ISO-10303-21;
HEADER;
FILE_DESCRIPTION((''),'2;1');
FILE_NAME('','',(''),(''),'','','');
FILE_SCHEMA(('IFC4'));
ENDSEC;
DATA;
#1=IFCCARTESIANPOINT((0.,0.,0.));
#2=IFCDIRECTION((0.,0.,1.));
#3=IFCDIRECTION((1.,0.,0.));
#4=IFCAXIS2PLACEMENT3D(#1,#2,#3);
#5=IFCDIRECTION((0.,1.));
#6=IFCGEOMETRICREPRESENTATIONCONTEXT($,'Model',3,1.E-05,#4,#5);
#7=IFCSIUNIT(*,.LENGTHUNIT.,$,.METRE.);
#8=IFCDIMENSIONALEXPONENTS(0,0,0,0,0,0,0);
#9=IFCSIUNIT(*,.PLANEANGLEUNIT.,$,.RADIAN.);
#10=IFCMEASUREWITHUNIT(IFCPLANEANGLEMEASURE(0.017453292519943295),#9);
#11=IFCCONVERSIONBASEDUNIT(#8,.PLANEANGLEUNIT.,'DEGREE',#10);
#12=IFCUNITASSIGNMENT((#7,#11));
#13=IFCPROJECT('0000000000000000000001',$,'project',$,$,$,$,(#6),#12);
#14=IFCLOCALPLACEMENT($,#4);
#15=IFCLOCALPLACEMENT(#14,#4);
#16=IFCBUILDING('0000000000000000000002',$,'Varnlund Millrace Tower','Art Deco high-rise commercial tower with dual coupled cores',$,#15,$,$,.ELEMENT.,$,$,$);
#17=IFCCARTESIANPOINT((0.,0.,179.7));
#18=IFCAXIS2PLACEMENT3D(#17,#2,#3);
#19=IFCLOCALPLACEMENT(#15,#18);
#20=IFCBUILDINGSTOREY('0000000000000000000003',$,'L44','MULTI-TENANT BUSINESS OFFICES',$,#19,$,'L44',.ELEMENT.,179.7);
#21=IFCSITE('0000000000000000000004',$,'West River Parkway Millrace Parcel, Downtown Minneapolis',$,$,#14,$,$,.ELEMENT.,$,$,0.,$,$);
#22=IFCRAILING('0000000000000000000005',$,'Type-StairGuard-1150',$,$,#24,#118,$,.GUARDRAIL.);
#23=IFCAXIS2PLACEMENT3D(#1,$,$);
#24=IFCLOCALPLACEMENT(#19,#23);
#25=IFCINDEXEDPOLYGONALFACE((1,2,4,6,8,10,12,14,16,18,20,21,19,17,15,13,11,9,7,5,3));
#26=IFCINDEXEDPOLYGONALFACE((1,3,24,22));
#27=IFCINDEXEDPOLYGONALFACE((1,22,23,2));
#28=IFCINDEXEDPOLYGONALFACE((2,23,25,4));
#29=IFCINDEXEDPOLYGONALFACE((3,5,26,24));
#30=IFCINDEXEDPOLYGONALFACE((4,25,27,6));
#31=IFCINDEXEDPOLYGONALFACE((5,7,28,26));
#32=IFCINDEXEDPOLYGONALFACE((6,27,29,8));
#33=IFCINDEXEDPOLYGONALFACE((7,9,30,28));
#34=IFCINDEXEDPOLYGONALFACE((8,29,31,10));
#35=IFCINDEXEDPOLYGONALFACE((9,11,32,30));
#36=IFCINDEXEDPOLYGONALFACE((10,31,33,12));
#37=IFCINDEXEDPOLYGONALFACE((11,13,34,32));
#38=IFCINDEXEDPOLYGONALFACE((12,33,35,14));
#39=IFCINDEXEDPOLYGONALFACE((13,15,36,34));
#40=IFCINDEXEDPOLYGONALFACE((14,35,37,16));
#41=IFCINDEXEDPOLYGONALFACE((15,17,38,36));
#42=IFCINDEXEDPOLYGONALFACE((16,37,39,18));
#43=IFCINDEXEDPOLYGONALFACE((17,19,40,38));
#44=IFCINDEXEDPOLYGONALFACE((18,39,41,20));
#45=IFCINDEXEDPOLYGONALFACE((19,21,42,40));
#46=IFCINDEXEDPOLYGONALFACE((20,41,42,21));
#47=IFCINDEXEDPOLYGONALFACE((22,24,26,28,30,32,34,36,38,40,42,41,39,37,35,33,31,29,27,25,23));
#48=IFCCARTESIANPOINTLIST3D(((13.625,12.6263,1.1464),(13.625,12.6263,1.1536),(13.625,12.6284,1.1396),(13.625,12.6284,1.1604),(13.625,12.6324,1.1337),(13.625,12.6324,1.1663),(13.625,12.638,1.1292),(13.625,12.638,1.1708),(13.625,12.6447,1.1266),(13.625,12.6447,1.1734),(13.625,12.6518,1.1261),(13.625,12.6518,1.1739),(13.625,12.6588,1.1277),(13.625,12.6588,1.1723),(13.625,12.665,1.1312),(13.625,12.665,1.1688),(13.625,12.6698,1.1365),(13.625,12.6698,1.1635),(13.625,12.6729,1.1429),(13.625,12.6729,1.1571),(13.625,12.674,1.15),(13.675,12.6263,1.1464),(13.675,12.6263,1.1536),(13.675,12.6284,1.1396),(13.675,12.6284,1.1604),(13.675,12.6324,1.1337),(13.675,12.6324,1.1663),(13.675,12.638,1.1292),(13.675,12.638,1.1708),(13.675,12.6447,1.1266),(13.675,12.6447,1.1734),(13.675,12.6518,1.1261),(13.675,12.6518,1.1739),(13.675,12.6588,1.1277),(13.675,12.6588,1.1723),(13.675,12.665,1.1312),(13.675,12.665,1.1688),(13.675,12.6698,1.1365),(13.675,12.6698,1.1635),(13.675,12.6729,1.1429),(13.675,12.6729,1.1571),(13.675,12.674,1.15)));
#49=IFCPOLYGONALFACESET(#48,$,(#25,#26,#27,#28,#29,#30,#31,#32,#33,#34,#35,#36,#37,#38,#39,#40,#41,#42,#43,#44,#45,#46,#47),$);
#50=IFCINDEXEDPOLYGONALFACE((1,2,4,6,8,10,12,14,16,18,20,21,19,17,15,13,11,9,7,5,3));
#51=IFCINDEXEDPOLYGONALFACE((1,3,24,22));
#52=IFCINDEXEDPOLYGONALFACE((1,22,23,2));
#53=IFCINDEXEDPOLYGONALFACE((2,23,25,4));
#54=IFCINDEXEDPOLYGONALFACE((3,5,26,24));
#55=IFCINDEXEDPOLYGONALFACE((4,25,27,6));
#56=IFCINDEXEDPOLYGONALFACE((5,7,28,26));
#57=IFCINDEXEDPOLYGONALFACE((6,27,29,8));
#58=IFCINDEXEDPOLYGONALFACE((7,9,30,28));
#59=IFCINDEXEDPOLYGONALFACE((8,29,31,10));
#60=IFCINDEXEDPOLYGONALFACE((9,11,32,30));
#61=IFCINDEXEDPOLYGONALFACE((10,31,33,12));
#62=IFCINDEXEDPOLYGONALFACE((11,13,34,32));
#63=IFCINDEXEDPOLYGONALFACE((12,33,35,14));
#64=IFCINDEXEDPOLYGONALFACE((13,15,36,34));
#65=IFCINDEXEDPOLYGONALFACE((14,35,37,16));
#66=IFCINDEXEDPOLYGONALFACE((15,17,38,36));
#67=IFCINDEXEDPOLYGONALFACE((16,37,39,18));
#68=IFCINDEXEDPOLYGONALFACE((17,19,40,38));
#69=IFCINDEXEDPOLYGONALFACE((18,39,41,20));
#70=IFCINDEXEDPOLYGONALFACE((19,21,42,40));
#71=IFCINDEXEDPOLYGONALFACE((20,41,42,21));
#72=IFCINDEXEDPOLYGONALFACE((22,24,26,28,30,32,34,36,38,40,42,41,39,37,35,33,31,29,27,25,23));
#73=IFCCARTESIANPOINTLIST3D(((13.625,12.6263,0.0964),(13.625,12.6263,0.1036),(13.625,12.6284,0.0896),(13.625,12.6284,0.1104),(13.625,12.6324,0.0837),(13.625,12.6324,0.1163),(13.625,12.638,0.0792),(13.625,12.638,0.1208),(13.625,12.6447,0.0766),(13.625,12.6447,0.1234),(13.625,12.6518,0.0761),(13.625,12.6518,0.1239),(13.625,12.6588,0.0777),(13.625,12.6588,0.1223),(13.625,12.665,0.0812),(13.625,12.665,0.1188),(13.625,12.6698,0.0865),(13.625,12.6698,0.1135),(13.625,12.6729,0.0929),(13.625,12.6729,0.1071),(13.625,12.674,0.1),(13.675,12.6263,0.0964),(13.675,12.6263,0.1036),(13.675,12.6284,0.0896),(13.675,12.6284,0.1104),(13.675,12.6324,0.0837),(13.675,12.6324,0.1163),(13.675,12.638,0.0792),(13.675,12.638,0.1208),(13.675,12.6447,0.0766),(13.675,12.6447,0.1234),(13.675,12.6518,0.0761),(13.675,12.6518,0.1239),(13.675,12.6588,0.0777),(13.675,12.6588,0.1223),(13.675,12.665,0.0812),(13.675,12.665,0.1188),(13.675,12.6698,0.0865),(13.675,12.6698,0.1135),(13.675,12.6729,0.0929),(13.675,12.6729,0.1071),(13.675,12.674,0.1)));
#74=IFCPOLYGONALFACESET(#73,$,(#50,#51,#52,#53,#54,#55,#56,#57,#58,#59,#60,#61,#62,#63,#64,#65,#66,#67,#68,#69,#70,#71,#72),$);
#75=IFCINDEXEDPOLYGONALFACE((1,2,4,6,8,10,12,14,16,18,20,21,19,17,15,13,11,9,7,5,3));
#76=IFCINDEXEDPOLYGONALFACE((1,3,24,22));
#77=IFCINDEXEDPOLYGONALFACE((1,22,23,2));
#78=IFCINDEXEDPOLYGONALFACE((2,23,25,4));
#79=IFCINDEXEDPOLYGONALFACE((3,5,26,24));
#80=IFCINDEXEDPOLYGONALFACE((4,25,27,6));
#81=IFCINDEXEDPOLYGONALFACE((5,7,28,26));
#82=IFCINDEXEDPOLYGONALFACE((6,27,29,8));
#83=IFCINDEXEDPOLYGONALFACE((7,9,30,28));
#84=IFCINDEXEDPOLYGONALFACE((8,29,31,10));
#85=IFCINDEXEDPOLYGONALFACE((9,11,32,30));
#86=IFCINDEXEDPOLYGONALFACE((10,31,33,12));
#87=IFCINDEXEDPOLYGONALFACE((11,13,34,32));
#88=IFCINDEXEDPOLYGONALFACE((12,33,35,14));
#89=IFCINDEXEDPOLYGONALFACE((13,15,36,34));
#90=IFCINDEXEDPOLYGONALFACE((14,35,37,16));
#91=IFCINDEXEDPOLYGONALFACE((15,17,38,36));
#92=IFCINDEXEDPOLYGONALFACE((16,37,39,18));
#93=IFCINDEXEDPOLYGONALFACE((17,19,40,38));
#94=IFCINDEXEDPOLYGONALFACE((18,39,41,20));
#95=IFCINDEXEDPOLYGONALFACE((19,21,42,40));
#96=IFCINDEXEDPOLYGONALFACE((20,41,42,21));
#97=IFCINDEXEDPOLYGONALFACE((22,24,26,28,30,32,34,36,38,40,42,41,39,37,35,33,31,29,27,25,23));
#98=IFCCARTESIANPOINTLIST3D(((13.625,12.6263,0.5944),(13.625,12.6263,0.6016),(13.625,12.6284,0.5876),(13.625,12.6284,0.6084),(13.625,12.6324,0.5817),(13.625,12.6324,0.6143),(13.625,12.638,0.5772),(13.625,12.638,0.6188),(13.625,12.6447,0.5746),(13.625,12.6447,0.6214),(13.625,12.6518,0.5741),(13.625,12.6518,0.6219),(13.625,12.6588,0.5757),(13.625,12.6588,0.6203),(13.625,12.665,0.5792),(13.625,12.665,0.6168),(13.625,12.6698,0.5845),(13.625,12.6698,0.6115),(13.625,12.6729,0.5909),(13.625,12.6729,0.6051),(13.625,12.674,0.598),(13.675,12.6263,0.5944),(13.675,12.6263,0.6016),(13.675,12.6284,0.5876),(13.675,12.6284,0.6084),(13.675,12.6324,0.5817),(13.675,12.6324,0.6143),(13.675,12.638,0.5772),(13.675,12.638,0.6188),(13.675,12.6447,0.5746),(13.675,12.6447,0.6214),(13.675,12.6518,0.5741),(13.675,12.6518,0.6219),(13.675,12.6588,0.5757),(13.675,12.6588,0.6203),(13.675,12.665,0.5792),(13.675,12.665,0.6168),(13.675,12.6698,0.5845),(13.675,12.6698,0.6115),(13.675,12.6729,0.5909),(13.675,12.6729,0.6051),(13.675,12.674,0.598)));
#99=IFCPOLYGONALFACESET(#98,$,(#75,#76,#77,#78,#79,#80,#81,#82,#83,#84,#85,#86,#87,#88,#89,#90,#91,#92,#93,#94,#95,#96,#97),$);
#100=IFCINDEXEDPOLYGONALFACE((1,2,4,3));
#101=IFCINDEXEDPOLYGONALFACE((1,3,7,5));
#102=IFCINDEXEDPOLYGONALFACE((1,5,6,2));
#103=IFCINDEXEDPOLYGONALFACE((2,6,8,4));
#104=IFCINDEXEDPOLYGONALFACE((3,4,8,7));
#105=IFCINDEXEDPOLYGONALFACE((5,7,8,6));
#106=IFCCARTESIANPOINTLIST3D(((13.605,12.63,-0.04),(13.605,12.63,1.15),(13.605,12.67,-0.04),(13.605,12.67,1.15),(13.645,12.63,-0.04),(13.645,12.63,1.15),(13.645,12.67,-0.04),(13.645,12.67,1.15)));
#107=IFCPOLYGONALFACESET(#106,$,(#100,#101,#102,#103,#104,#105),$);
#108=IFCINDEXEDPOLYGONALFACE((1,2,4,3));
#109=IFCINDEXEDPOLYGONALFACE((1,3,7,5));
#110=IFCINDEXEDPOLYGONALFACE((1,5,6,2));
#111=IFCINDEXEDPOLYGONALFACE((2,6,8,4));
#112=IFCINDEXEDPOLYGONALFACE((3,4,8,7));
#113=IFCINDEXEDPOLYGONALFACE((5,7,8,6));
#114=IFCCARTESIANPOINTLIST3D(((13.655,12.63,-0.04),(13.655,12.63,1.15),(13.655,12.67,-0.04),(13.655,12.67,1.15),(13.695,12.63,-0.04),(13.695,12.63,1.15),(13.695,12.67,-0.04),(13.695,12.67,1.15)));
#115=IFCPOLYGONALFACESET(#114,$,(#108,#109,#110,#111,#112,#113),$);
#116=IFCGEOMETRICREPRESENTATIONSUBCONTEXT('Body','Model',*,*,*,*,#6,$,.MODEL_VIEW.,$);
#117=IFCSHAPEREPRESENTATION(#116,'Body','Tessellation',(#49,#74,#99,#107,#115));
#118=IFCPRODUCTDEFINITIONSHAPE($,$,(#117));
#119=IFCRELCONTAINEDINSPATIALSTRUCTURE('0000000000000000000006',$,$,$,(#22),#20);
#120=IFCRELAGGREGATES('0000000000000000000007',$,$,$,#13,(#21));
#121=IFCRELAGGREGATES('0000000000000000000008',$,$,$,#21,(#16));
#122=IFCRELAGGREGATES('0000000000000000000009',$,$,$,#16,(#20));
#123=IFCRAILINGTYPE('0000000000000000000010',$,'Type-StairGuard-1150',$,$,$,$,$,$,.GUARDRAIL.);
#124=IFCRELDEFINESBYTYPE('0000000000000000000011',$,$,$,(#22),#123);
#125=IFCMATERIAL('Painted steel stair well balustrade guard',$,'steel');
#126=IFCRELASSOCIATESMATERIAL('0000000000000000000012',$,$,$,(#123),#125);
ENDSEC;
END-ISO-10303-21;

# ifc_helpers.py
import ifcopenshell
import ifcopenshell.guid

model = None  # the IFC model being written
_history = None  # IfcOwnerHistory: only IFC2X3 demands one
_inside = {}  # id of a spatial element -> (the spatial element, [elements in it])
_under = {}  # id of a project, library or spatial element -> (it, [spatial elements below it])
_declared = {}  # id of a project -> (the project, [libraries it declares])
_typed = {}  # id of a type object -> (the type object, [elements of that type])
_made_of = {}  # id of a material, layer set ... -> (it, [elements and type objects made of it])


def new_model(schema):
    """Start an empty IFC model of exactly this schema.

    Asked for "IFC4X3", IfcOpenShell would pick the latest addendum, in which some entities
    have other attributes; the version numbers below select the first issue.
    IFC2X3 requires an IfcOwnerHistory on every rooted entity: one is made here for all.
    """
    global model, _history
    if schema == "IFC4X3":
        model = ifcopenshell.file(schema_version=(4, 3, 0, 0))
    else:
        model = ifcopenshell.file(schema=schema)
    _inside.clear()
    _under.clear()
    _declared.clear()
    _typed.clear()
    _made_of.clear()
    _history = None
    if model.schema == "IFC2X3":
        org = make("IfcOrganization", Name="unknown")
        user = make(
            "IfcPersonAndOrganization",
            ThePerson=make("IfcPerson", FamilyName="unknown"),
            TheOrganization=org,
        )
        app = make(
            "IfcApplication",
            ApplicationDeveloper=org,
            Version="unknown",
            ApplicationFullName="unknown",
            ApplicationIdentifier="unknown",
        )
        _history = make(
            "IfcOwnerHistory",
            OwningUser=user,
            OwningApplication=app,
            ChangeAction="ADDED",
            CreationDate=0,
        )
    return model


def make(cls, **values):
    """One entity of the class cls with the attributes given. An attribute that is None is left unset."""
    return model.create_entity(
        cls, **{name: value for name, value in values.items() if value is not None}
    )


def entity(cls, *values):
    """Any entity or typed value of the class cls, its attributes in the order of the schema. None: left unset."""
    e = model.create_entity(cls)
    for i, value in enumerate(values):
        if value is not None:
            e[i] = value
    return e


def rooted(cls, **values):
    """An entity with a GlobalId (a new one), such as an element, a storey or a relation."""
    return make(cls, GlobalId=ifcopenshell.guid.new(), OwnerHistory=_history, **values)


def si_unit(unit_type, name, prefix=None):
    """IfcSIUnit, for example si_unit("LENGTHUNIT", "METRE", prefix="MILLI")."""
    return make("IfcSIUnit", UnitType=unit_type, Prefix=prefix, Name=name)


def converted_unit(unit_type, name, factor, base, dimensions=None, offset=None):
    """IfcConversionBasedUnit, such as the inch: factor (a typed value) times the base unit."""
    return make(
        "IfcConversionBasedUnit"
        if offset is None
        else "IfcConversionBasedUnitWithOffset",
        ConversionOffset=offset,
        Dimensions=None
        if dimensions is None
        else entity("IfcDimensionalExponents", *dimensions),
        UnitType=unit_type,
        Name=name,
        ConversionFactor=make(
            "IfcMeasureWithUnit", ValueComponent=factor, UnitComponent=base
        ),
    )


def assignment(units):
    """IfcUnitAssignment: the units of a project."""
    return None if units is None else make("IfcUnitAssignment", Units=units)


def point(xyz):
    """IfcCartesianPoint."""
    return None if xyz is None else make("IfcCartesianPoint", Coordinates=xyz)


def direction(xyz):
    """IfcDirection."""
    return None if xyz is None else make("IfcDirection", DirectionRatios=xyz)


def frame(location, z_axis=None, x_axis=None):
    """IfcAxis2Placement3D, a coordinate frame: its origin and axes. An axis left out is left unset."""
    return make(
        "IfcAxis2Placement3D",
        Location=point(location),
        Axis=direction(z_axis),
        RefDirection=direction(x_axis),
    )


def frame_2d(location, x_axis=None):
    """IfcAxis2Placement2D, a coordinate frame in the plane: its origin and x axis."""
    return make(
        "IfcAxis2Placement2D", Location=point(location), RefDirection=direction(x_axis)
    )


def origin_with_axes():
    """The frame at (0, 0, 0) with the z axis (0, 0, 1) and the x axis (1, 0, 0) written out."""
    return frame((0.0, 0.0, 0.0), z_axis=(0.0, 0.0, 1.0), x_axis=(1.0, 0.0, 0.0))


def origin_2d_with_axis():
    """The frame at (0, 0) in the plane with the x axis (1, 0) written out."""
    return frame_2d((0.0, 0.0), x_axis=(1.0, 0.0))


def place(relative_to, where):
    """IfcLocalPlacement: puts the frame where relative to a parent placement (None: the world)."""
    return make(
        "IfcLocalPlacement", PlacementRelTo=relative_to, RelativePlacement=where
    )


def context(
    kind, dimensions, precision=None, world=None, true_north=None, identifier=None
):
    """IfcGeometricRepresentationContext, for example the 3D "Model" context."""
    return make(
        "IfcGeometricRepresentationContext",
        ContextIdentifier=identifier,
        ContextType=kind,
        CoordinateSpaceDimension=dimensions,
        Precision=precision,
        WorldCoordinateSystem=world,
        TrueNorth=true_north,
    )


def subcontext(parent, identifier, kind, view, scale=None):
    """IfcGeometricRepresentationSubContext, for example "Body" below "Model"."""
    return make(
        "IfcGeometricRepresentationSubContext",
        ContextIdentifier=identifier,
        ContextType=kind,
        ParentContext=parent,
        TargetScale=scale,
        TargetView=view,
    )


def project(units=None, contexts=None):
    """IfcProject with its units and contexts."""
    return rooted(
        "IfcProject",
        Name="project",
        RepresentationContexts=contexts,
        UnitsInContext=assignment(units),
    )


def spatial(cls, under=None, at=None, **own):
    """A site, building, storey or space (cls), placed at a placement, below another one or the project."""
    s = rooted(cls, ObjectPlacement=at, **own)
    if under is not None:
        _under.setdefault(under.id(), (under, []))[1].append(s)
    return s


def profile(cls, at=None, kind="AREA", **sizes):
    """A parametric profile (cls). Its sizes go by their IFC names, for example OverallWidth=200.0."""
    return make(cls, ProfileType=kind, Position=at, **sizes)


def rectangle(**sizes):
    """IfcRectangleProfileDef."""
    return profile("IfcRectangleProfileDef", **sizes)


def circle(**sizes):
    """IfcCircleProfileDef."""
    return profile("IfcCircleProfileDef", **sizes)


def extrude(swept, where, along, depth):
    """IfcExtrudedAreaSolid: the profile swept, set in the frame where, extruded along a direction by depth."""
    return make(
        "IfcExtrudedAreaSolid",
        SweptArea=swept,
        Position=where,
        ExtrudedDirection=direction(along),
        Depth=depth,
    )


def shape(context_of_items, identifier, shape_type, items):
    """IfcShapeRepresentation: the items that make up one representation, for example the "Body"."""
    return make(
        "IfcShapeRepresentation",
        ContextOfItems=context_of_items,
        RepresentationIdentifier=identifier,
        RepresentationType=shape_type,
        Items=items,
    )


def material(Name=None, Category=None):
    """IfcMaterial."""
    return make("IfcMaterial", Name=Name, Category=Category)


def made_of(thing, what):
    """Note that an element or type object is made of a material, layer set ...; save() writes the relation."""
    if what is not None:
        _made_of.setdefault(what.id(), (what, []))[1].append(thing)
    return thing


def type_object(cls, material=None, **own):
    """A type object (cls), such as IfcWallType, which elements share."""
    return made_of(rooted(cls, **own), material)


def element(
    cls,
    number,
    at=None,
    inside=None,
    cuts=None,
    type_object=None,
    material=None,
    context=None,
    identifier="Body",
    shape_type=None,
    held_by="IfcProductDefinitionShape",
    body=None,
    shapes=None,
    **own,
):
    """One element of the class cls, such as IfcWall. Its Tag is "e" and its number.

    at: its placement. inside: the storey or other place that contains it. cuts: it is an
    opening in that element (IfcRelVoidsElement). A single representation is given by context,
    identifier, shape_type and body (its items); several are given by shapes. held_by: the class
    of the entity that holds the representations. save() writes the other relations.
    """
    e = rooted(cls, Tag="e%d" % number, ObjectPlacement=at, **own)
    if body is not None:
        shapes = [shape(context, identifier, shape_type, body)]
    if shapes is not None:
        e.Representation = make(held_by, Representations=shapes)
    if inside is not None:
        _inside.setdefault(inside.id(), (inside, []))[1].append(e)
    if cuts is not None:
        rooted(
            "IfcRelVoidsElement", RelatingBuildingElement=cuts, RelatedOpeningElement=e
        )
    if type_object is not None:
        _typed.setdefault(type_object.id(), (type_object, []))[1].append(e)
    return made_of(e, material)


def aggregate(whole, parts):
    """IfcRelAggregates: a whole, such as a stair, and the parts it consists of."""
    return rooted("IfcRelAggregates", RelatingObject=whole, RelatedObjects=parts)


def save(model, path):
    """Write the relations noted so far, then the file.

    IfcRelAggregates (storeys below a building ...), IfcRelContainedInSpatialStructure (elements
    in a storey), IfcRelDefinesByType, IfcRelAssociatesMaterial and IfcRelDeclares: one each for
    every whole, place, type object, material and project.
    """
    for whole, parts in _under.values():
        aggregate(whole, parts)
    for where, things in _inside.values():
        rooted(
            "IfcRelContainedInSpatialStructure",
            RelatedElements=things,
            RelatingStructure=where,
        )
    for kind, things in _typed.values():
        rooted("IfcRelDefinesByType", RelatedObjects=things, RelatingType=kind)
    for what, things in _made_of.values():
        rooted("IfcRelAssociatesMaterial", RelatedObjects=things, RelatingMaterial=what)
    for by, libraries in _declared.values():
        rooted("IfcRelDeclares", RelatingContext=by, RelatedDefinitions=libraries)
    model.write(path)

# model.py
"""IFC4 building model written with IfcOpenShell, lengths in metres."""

from ifc_helpers import new_model, entity, si_unit, converted_unit, direction, frame, origin_with_axes, origin_2d_with_axis, place, context, subcontext, project, spatial, rectangle, circle, extrude, material, type_object, element, save


model = new_model("IFC4")

# Units and contexts
model_context = context("Model", 3, precision=1e-05, world=origin_with_axes(), true_north=direction((0.0, 1.0)))
body_context = subcontext(model_context, "Body", "Model", "MODEL_VIEW")
ifc_project = project(units=[si_unit("LENGTHUNIT", "METRE"), converted_unit("PLANEANGLEUNIT", "DEGREE", entity("IfcPlaneAngleMeasure", 0.017453292519943295), si_unit("PLANEANGLEUNIT", "RADIAN"), dimensions=[0, 0, 0, 0, 0, 0, 0])], contexts=[model_context])

# Site, building, storey
site_placement = place(None, origin_with_axes())
site = spatial("IfcSite", under=ifc_project, at=site_placement, Name="West River Parkway Millrace Parcel, Downtown Minneapolis", CompositionType="ELEMENT", RefElevation=0.0)
building_placement = place(site_placement, origin_with_axes())
building = spatial("IfcBuilding", under=site, at=building_placement, Name="Varnlund Millrace Tower", Description="Art Deco high-rise commercial tower with dual coupled cores", CompositionType="ELEMENT")
storey_placement = place(building_placement, frame((0.0, 0.0, 179.7), z_axis=(0.0, 0.0, 1.0), x_axis=(1.0, 0.0, 0.0)))
storey = spatial("IfcBuildingStorey", under=building, at=storey_placement, Name="L44", Description="MULTI-TENANT BUSINESS OFFICES", LongName="L44", CompositionType="ELEMENT", Elevation=179.7)

# Railing
ifc_material_1 = material(Name="Painted steel stair well balustrade guard", Category="steel")
railing_type_1 = type_object("IfcRailingType", Name="Type-StairGuard-1150", PredefinedType="GUARDRAIL", material=ifc_material_1)
railing_1_placement = place(storey_placement, frame((0.0, 0.0, -179.7), z_axis=(0.0, 0.0, 1.0), x_axis=(1.0, 0.0, 0.0)))
element("IfcRailing", 1, at=railing_1_placement, inside=storey, type_object=railing_type_1, Name="Type-StairGuard-1150", PredefinedType="GUARDRAIL", context=body_context, shape_type="SweptSolid", body=[
    extrude(circle(Radius=0.024, at=origin_2d_with_axis()), frame((13.625, 12.65, 180.85), z_axis=(1.0, 0.0, 0.0), x_axis=(0.0, 1.0, 0.0)), (0.0, 0.0, 1.0), 0.05),
    extrude(circle(Radius=0.024, at=origin_2d_with_axis()), frame((13.625, 12.65, 179.8), z_axis=(1.0, 0.0, 0.0), x_axis=(0.0, 1.0, 0.0)), (0.0, 0.0, 1.0), 0.05),
    extrude(circle(Radius=0.024, at=origin_2d_with_axis()), frame((13.625, 12.65, 180.298), z_axis=(1.0, 0.0, 0.0), x_axis=(0.0, 1.0, 0.0)), (0.0, 0.0, 1.0), 0.05),
    extrude(rectangle(XDim=0.04, YDim=0.04, at=origin_2d_with_axis()), frame((13.625, 12.65, 179.66), z_axis=(0.0, 0.0, 1.0), x_axis=(1.0, 0.0, 0.0)), (0.0, 0.0, 1.0), 1.19),
    extrude(rectangle(XDim=0.04, YDim=0.04, at=origin_2d_with_axis()), frame((13.675, 12.65, 179.66), z_axis=(0.0, 0.0, 1.0), x_axis=(1.0, 0.0, 0.0)), (0.0, 0.0, 1.0), 1.19),
])

save(model, "model.ifc")
